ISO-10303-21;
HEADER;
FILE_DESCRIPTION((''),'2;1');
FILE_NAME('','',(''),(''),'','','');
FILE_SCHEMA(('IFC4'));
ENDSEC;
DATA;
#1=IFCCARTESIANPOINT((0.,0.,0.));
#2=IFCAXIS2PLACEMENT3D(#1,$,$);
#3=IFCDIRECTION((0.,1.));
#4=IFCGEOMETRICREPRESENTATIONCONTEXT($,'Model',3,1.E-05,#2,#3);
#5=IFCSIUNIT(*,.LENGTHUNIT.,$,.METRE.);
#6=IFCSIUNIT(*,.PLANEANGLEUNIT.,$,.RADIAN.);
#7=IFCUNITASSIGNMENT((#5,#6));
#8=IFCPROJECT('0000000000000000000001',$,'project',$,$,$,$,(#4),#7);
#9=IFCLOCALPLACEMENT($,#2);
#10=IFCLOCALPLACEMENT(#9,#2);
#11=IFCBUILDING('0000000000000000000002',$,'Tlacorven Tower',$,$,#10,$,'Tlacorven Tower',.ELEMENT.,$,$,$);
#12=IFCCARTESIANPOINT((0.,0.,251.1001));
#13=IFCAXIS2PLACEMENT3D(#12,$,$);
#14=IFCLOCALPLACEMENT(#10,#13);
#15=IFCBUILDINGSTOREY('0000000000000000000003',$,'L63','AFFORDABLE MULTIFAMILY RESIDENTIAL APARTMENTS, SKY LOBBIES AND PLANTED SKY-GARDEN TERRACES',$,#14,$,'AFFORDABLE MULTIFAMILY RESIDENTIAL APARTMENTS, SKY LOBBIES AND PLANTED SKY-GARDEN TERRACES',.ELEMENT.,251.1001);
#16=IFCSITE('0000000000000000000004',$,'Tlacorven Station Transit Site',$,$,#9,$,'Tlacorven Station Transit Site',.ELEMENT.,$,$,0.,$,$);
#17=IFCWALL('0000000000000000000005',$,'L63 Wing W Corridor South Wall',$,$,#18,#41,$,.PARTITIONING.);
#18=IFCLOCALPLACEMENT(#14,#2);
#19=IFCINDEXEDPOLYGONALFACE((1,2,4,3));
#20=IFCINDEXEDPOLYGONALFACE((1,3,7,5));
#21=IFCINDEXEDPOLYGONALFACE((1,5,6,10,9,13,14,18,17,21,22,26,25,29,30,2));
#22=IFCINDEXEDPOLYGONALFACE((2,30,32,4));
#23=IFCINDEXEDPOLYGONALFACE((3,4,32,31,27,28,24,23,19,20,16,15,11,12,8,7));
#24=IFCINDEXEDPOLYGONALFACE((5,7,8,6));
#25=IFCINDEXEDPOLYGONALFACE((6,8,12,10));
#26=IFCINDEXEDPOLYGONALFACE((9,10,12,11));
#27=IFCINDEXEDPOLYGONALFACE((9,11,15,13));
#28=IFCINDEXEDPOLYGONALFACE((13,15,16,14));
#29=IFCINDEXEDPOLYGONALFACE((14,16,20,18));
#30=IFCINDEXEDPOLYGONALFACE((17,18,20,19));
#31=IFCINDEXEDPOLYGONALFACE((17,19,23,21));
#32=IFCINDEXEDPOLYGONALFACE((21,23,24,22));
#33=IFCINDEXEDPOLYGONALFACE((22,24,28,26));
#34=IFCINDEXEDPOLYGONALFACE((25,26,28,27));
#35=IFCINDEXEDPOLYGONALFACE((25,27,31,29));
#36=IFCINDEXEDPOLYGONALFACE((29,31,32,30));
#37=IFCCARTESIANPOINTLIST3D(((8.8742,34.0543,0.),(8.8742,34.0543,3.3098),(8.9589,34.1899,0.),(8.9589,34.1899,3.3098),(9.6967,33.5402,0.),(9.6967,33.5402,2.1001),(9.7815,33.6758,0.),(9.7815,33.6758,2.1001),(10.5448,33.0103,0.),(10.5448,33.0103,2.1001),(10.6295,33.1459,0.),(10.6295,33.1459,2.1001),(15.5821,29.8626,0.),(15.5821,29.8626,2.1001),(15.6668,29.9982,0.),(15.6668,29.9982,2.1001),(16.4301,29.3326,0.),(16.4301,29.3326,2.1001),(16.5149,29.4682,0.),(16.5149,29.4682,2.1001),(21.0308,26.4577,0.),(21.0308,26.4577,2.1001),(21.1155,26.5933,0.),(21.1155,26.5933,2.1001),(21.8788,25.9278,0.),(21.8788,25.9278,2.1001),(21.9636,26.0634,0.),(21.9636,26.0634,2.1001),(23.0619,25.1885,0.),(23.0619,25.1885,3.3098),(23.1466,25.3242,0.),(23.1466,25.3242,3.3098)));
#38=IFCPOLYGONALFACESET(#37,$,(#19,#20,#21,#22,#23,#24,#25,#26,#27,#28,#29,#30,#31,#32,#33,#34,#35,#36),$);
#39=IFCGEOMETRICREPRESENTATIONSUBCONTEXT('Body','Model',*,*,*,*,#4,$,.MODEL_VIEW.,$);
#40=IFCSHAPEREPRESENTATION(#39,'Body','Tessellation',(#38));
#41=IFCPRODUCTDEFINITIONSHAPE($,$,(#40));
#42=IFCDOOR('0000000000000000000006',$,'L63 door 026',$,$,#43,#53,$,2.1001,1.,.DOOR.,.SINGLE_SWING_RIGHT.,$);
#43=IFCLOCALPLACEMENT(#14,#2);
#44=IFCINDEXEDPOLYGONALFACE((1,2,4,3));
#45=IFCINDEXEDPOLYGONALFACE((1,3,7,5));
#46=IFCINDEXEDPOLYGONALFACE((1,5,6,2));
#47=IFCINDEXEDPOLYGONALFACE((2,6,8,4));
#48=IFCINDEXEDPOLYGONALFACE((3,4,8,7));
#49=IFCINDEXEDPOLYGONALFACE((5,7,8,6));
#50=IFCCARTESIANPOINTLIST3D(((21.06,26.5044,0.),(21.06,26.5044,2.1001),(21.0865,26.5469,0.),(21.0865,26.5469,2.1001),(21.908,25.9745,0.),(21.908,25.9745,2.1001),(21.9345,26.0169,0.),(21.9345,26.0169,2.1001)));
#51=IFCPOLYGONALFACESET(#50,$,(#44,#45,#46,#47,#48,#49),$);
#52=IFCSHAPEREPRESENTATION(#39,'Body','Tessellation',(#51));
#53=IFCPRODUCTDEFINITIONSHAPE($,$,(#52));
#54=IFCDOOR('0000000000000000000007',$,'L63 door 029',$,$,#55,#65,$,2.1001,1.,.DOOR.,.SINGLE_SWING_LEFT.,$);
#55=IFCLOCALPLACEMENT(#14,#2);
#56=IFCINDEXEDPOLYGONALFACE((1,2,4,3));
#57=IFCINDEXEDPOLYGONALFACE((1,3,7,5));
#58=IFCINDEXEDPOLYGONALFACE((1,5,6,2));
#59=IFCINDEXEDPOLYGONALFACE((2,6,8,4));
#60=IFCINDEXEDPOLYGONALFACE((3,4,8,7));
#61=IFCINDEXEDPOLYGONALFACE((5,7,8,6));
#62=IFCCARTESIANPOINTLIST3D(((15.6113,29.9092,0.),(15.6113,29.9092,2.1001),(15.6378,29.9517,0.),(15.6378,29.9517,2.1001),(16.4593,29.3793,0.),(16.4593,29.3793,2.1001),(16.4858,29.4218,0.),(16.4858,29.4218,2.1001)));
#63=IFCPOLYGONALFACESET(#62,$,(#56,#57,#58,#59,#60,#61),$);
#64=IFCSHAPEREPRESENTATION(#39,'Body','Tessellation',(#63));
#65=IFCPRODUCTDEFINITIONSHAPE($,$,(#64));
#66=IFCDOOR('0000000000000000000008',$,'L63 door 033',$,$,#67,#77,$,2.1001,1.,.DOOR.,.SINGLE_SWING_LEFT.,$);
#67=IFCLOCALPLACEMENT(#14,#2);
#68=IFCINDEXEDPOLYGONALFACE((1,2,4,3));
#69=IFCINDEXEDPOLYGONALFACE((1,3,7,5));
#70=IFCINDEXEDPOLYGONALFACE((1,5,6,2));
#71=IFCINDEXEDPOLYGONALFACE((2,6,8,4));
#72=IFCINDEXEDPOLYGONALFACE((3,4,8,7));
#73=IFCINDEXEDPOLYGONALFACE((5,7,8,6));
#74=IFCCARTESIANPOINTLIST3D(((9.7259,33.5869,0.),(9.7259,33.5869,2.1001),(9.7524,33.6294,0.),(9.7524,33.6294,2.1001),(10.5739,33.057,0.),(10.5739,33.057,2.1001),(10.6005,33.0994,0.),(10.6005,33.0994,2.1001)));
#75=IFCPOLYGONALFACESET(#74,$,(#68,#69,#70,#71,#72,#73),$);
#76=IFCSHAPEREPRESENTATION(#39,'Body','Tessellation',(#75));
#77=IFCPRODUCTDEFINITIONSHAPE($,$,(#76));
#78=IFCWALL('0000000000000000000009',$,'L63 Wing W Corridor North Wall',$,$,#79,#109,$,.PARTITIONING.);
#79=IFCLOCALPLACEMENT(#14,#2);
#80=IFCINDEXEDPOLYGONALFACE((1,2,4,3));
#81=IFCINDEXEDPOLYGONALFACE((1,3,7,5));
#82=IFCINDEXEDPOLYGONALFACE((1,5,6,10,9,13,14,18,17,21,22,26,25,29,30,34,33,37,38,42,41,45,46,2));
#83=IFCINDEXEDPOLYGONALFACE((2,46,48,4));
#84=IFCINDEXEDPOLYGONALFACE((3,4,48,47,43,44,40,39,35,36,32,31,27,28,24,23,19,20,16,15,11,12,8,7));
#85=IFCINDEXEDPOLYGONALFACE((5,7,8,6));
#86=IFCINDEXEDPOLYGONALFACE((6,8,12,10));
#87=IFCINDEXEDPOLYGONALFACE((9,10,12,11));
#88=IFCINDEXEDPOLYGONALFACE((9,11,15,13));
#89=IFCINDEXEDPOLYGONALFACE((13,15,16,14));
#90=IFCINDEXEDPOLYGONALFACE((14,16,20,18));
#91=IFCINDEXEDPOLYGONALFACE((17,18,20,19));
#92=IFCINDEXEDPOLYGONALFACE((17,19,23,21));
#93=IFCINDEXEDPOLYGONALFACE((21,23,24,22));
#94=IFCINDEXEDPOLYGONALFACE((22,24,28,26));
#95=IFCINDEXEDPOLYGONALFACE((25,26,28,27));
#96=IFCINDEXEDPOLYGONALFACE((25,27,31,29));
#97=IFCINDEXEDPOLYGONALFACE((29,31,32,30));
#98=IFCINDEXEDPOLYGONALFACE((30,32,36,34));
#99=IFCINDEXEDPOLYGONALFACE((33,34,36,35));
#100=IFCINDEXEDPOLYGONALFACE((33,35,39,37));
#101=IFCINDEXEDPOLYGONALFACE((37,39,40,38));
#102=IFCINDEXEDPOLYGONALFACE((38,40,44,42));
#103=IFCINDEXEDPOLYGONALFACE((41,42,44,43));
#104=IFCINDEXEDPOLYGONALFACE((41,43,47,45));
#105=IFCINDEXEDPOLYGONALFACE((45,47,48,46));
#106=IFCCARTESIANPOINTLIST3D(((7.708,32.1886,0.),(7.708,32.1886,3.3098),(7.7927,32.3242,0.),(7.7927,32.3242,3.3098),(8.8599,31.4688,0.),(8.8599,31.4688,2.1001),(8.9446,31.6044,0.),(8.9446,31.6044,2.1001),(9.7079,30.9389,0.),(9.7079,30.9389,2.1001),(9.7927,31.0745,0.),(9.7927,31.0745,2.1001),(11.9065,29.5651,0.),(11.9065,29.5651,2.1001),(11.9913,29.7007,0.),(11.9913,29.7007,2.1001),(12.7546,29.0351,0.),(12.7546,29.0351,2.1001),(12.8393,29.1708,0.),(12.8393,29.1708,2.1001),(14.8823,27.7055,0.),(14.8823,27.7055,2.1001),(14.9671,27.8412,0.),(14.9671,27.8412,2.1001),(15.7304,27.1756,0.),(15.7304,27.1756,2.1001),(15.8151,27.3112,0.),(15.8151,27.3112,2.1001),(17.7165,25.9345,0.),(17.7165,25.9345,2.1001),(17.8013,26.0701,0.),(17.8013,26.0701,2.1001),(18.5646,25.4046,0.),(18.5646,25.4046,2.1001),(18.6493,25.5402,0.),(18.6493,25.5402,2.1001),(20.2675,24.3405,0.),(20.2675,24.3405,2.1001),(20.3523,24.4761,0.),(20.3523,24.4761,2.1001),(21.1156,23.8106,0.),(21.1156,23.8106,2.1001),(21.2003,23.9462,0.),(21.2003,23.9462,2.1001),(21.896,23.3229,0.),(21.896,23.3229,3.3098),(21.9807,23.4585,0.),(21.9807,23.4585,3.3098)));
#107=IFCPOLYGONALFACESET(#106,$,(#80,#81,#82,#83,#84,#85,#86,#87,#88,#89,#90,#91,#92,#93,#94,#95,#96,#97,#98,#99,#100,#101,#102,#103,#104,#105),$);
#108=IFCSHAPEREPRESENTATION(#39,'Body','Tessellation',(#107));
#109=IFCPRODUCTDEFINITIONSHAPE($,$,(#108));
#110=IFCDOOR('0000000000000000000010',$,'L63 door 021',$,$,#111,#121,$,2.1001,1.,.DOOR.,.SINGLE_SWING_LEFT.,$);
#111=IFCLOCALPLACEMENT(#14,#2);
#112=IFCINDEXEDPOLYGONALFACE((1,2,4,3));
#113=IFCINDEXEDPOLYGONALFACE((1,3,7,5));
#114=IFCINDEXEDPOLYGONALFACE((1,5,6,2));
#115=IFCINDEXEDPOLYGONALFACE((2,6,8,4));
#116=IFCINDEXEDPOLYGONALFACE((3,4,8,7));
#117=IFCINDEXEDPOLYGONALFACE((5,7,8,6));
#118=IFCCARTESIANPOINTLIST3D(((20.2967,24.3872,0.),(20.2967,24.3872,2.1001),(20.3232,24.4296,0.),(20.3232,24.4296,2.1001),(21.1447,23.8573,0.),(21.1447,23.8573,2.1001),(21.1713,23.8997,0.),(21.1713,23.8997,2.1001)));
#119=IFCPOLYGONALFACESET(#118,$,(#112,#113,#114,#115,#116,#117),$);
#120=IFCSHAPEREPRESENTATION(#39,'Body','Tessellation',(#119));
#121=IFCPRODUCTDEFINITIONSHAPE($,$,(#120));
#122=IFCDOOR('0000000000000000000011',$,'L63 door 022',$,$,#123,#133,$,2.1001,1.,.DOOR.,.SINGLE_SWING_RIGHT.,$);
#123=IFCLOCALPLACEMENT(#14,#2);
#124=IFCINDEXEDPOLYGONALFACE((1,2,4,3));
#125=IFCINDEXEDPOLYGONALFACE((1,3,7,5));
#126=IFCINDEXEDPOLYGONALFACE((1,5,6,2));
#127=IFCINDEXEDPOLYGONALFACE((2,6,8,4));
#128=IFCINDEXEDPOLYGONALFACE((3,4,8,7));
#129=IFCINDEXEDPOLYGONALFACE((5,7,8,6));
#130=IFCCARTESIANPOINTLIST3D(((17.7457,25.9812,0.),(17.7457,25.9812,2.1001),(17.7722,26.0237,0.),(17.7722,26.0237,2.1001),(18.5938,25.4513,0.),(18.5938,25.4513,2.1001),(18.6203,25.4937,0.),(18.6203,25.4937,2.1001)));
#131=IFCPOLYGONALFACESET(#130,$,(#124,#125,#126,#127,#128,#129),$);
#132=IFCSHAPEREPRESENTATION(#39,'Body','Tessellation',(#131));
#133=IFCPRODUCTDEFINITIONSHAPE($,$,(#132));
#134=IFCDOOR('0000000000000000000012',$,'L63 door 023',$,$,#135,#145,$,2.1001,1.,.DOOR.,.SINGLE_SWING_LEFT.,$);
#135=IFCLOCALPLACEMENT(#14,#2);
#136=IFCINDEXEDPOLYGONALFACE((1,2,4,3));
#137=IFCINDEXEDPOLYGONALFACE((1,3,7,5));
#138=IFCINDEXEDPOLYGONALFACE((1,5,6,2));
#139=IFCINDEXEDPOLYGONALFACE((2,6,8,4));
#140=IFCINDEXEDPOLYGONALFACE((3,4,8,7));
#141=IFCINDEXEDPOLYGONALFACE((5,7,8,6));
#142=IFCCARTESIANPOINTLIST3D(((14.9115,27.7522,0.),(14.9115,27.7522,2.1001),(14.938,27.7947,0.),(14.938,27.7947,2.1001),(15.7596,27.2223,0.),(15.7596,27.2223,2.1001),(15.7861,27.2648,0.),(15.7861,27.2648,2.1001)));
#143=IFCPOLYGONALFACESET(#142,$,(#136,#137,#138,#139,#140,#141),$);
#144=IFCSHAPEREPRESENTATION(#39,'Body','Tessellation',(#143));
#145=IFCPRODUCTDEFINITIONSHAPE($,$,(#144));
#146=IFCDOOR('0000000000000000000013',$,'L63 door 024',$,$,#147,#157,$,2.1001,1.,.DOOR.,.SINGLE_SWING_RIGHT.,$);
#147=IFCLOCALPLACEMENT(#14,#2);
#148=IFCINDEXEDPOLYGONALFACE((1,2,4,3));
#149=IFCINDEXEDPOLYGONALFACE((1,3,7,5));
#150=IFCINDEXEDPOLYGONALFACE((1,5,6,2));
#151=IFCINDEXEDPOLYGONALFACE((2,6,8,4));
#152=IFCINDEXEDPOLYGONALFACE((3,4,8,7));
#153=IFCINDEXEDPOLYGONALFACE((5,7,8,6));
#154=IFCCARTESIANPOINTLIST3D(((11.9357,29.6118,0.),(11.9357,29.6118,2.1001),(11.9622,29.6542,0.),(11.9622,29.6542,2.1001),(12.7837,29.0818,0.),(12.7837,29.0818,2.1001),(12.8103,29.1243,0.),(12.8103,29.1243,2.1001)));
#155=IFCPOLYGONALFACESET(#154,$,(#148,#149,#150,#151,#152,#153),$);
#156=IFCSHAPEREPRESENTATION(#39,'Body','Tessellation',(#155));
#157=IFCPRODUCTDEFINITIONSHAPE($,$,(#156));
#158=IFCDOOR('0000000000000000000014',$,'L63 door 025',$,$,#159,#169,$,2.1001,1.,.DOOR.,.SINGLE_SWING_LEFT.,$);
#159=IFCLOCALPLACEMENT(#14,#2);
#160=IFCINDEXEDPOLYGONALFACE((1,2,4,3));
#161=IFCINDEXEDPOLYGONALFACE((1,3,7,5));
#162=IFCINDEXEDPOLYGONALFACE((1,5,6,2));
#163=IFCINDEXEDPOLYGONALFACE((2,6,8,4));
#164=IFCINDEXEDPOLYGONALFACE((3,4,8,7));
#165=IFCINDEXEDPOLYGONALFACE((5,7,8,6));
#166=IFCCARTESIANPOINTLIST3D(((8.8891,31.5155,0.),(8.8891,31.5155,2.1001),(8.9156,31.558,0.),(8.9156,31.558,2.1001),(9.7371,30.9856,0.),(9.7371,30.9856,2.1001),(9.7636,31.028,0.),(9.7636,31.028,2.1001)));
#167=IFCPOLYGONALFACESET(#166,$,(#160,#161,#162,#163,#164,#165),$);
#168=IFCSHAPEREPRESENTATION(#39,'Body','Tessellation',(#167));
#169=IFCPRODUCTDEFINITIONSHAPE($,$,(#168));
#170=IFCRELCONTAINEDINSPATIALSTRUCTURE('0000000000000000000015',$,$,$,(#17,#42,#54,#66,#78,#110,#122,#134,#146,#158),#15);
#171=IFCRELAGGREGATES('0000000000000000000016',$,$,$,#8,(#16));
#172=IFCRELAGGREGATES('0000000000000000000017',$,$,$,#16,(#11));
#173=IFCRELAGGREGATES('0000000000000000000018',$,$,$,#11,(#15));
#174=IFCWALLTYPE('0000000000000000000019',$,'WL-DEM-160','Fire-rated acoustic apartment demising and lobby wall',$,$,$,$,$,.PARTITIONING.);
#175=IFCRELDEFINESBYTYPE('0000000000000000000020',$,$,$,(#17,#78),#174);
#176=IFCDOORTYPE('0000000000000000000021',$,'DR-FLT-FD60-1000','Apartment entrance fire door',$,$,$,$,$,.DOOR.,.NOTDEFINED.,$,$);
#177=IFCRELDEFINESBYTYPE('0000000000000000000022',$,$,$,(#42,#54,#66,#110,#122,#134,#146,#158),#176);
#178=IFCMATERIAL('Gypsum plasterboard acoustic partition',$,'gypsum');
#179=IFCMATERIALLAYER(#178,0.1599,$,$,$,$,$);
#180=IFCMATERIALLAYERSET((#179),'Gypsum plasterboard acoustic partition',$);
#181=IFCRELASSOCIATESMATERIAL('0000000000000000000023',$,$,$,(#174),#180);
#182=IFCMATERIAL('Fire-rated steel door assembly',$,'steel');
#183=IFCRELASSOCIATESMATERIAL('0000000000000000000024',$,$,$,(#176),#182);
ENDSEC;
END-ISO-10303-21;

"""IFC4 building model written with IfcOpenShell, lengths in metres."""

from ifc_helpers import new_model, si_unit, direction, frame, frame_2d, origin, place, context, subcontext, project, spatial, rectangle, extrude, source, transform, mapped, material, layer, layer_set, type_object, element, fill, save


model = new_model("IFC4")

# Units and contexts
model_context = context("Model", 3, precision=1e-05, world=origin(), true_north=direction((0.0, 1.0)))
body_context = subcontext(model_context, "Body", "Model", "MODEL_VIEW")
ifc_project = project(units=[si_unit("LENGTHUNIT", "METRE"), si_unit("PLANEANGLEUNIT", "RADIAN")], contexts=[model_context])

# Site, building, storey
site_placement = place(None, origin())
site = spatial("IfcSite", under=ifc_project, at=site_placement, Name="Tlacorven Station Transit Site", LongName="Tlacorven Station Transit Site", CompositionType="ELEMENT", RefElevation=0.0)
building_placement = place(site_placement, origin())
building = spatial("IfcBuilding", under=site, at=building_placement, Name="Tlacorven Tower", LongName="Tlacorven Tower", CompositionType="ELEMENT")
storey_placement = place(building_placement, frame((0.0, 0.0, 251.1001)))
storey = spatial("IfcBuildingStorey", under=building, at=storey_placement, Name="L63", Description="AFFORDABLE MULTIFAMILY RESIDENTIAL APARTMENTS, SKY LOBBIES AND PLANTED SKY-GARDEN TERRACES", LongName="AFFORDABLE MULTIFAMILY RESIDENTIAL APARTMENTS, SKY LOBBIES AND PLANTED SKY-GARDEN TERRACES", CompositionType="ELEMENT", Elevation=251.1001)

# Shared definitions
ifc_material_1 = material(Name="Gypsum plasterboard acoustic partition", Category="gypsum")
ifc_layer_1 = layer(ifc_material_1, 0.1599)
ifc_layer_set_1 = layer_set([ifc_layer_1], Name="Gypsum plasterboard acoustic partition")
wall_type_1 = type_object("IfcWallType", Name="WL-DEM-160", Description="Fire-rated acoustic apartment demising and lobby wall", PredefinedType="PARTITIONING", material=ifc_layer_set_1)

# Walls, openings, doors
wall_1_placement = place(storey_placement, frame((23.1042, 25.2563, 0.0), z_axis=(0.0, 0.0, 1.0), x_axis=(-0.848042, 0.529929, 0.0)))
wall_1 = element("IfcWall", 1, at=wall_1_placement, inside=storey, type_object=wall_type_1, Name="L63 Wing W Corridor South Wall", PredefinedType="PARTITIONING", context=body_context, shape_type="SweptSolid", body=[
    extrude(rectangle(XDim=16.73, YDim=0.1599, at=frame_2d((8.365, 0.0))), origin(), (0.0, 0.0, 1.0), 3.3098),
])
opening_1_placement = place(wall_1_placement, frame((1.395, 0.0, 0.0)))
opening_1 = element("IfcOpeningElement", 2, at=opening_1_placement, cuts=wall_1, PredefinedType="OPENING", context=body_context, shape_type="SweptSolid", body=[
    extrude(rectangle(XDim=1.0, YDim=2.1001, at=frame_2d((0.5, 1.05))), frame((0.0, 0.0898, 0.0), z_axis=(0.0, -1.0, 0.0), x_axis=(1.0, 0.0, 0.0)), (0.0, 0.0, 1.0), 0.1799),
])
opening_2_placement = place(wall_1_placement, frame((7.8201, 0.0, 0.0)))
opening_2 = element("IfcOpeningElement", 3, at=opening_2_placement, cuts=wall_1, PredefinedType="OPENING", context=body_context, shape_type="SweptSolid", body=[
    extrude(rectangle(XDim=1.0, YDim=2.1001, at=frame_2d((0.5, 1.05))), frame((0.0, 0.0898, 0.0), z_axis=(0.0, -1.0, 0.0), x_axis=(1.0, 0.0, 0.0)), (0.0, 0.0, 1.0), 0.1799),
])
opening_3_placement = place(wall_1_placement, frame((14.76, 0.0, 0.0)))
opening_3 = element("IfcOpeningElement", 4, at=opening_3_placement, cuts=wall_1, PredefinedType="OPENING", context=body_context, shape_type="SweptSolid", body=[
    extrude(rectangle(XDim=1.0, YDim=2.1001, at=frame_2d((0.5, 1.05))), frame((0.0, 0.0898, 0.0), z_axis=(0.0, -1.0, 0.0), x_axis=(1.0, 0.0, 0.0)), (0.0, 0.0, 1.0), 0.1799),
])
ifc_material_2 = material(Name="Fire-rated steel door assembly", Category="steel")
door_type = type_object("IfcDoorType", Name="DR-FLT-FD60-1000", Description="Apartment entrance fire door", OperationType="NOTDEFINED", PredefinedType="DOOR", material=ifc_material_2)
shared_shape_1 = source(origin(), body_context, "Body", "SweptSolid", [
    extrude(rectangle(XDim=1.0, YDim=2.1001, at=frame_2d((0.5, 1.05))), frame((0.0, 0.0249, 0.0), z_axis=(0.0, -1.0, 0.0), x_axis=(1.0, 0.0, 0.0)), (0.0, 0.0, 1.0), 0.05),
])
door_1_placement = place(opening_1_placement, origin())
door_1 = element("IfcDoor", 5, at=door_1_placement, inside=storey, type_object=door_type, Name="L63 door 026", OperationType="SINGLE_SWING_RIGHT", OverallHeight=2.1001, OverallWidth=1.0, PredefinedType="DOOR", context=body_context, shape_type="MappedRepresentation", body=[
    mapped(shared_shape_1, transform((0.0, 0.0, 0.0), scale=1.0)),
])
fill(opening_1, door_1)
door_2_placement = place(opening_2_placement, origin())
door_2 = element("IfcDoor", 6, at=door_2_placement, inside=storey, type_object=door_type, Name="L63 door 029", OperationType="SINGLE_SWING_LEFT", OverallHeight=2.1001, OverallWidth=1.0, PredefinedType="DOOR", context=body_context, shape_type="MappedRepresentation", body=[
    mapped(shared_shape_1, transform((0.0, 0.0, 0.0), scale=1.0)),
])
fill(opening_2, door_2)
door_3_placement = place(opening_3_placement, origin())
door_3 = element("IfcDoor", 7, at=door_3_placement, inside=storey, type_object=door_type, Name="L63 door 033", OperationType="SINGLE_SWING_LEFT", OverallHeight=2.1001, OverallWidth=1.0, PredefinedType="DOOR", context=body_context, shape_type="MappedRepresentation", body=[
    mapped(shared_shape_1, transform((0.0, 0.0, 0.0), scale=1.0)),
])
fill(opening_3, door_3)
wall_2_placement = place(storey_placement, frame((21.9385, 23.3906, 0.0), z_axis=(0.0, 0.0, 1.0), x_axis=(-0.848046, 0.529923, 0.0)))
wall_2 = element("IfcWall", 8, at=wall_2_placement, inside=storey, type_object=wall_type_1, Name="L63 Wing W Corridor North Wall", PredefinedType="PARTITIONING", context=body_context, shape_type="SweptSolid", body=[
    extrude(rectangle(XDim=16.7302, YDim=0.1599, at=frame_2d((8.3652, 0.0))), origin(), (0.0, 0.0, 1.0), 3.3098),
])
opening_4_placement = place(wall_2_placement, frame((0.9204, 0.0, 0.0)))
opening_4 = element("IfcOpeningElement", 9, at=opening_4_placement, cuts=wall_2, PredefinedType="OPENING", context=body_context, shape_type="SweptSolid", body=[
    extrude(rectangle(XDim=1.0, YDim=2.1001, at=frame_2d((0.5, 1.05))), frame((0.0, 0.0898, 0.0), z_axis=(0.0, -1.0, 0.0), x_axis=(1.0, 0.0, 0.0)), (0.0, 0.0, 1.0), 0.1799),
])
opening_5_placement = place(wall_2_placement, frame((3.9285, 0.0, 0.0)))
opening_5 = element("IfcOpeningElement", 10, at=opening_5_placement, cuts=wall_2, PredefinedType="OPENING", context=body_context, shape_type="SweptSolid", body=[
    extrude(rectangle(XDim=1.0, YDim=2.1001, at=frame_2d((0.5, 1.05))), frame((0.0, 0.0898, 0.0), z_axis=(0.0, -1.0, 0.0), x_axis=(1.0, 0.0, 0.0)), (0.0, 0.0, 1.0), 0.1799),
])
opening_6_placement = place(wall_2_placement, frame((7.2705, 0.0, 0.0)))
opening_6 = element("IfcOpeningElement", 11, at=opening_6_placement, cuts=wall_2, PredefinedType="OPENING", context=body_context, shape_type="SweptSolid", body=[
    extrude(rectangle(XDim=1.0, YDim=2.1001, at=frame_2d((0.5, 1.05))), frame((0.0, 0.0898, 0.0), z_axis=(0.0, -1.0, 0.0), x_axis=(1.0, 0.0, 0.0)), (0.0, 0.0, 1.0), 0.1799),
])
opening_7_placement = place(wall_2_placement, frame((10.7795, 0.0, 0.0)))
opening_7 = element("IfcOpeningElement", 12, at=opening_7_placement, cuts=wall_2, PredefinedType="OPENING", context=body_context, shape_type="SweptSolid", body=[
    extrude(rectangle(XDim=1.0, YDim=2.1001, at=frame_2d((0.5, 1.05))), frame((0.0, 0.0898, 0.0), z_axis=(0.0, -1.0, 0.0), x_axis=(1.0, 0.0, 0.0)), (0.0, 0.0, 1.0), 0.1799),
])
opening_8_placement = place(wall_2_placement, frame((14.3721, 0.0, 0.0)))
opening_8 = element("IfcOpeningElement", 13, at=opening_8_placement, cuts=wall_2, PredefinedType="OPENING", context=body_context, shape_type="SweptSolid", body=[
    extrude(rectangle(XDim=1.0, YDim=2.1001, at=frame_2d((0.5, 1.05))), frame((0.0, 0.0898, 0.0), z_axis=(0.0, -1.0, 0.0), x_axis=(1.0, 0.0, 0.0)), (0.0, 0.0, 1.0), 0.1799),
])
door_4_placement = place(opening_4_placement, origin())
door_4 = element("IfcDoor", 14, at=door_4_placement, inside=storey, type_object=door_type, Name="L63 door 021", OperationType="SINGLE_SWING_LEFT", OverallHeight=2.1001, OverallWidth=1.0, PredefinedType="DOOR", context=body_context, shape_type="MappedRepresentation", body=[
    mapped(shared_shape_1, transform((0.0, 0.0, 0.0), scale=1.0)),
])
fill(opening_4, door_4)
door_5_placement = place(opening_5_placement, origin())
door_5 = element("IfcDoor", 15, at=door_5_placement, inside=storey, type_object=door_type, Name="L63 door 022", OperationType="SINGLE_SWING_RIGHT", OverallHeight=2.1001, OverallWidth=1.0, PredefinedType="DOOR", context=body_context, shape_type="MappedRepresentation", body=[
    mapped(shared_shape_1, transform((0.0, 0.0, 0.0), scale=1.0)),
])
fill(opening_5, door_5)
door_6_placement = place(opening_6_placement, origin())
door_6 = element("IfcDoor", 16, at=door_6_placement, inside=storey, type_object=door_type, Name="L63 door 023", OperationType="SINGLE_SWING_LEFT", OverallHeight=2.1001, OverallWidth=1.0, PredefinedType="DOOR", context=body_context, shape_type="MappedRepresentation", body=[
    mapped(shared_shape_1, transform((0.0, 0.0, 0.0), scale=1.0)),
])
fill(opening_6, door_6)
door_7_placement = place(opening_7_placement, origin())
door_7 = element("IfcDoor", 17, at=door_7_placement, inside=storey, type_object=door_type, Name="L63 door 024", OperationType="SINGLE_SWING_RIGHT", OverallHeight=2.1001, OverallWidth=1.0, PredefinedType="DOOR", context=body_context, shape_type="MappedRepresentation", body=[
    mapped(shared_shape_1, transform((0.0, 0.0, 0.0), scale=1.0)),
])
fill(opening_7, door_7)
door_8_placement = place(opening_8_placement, origin())
door_8 = element("IfcDoor", 18, at=door_8_placement, inside=storey, type_object=door_type, Name="L63 door 025", OperationType="SINGLE_SWING_LEFT", OverallHeight=2.1001, OverallWidth=1.0, PredefinedType="DOOR", context=body_context, shape_type="MappedRepresentation", body=[
    mapped(shared_shape_1, transform((0.0, 0.0, 0.0), scale=1.0)),
])
fill(opening_8, door_8)

save(model, "model.ifc")
